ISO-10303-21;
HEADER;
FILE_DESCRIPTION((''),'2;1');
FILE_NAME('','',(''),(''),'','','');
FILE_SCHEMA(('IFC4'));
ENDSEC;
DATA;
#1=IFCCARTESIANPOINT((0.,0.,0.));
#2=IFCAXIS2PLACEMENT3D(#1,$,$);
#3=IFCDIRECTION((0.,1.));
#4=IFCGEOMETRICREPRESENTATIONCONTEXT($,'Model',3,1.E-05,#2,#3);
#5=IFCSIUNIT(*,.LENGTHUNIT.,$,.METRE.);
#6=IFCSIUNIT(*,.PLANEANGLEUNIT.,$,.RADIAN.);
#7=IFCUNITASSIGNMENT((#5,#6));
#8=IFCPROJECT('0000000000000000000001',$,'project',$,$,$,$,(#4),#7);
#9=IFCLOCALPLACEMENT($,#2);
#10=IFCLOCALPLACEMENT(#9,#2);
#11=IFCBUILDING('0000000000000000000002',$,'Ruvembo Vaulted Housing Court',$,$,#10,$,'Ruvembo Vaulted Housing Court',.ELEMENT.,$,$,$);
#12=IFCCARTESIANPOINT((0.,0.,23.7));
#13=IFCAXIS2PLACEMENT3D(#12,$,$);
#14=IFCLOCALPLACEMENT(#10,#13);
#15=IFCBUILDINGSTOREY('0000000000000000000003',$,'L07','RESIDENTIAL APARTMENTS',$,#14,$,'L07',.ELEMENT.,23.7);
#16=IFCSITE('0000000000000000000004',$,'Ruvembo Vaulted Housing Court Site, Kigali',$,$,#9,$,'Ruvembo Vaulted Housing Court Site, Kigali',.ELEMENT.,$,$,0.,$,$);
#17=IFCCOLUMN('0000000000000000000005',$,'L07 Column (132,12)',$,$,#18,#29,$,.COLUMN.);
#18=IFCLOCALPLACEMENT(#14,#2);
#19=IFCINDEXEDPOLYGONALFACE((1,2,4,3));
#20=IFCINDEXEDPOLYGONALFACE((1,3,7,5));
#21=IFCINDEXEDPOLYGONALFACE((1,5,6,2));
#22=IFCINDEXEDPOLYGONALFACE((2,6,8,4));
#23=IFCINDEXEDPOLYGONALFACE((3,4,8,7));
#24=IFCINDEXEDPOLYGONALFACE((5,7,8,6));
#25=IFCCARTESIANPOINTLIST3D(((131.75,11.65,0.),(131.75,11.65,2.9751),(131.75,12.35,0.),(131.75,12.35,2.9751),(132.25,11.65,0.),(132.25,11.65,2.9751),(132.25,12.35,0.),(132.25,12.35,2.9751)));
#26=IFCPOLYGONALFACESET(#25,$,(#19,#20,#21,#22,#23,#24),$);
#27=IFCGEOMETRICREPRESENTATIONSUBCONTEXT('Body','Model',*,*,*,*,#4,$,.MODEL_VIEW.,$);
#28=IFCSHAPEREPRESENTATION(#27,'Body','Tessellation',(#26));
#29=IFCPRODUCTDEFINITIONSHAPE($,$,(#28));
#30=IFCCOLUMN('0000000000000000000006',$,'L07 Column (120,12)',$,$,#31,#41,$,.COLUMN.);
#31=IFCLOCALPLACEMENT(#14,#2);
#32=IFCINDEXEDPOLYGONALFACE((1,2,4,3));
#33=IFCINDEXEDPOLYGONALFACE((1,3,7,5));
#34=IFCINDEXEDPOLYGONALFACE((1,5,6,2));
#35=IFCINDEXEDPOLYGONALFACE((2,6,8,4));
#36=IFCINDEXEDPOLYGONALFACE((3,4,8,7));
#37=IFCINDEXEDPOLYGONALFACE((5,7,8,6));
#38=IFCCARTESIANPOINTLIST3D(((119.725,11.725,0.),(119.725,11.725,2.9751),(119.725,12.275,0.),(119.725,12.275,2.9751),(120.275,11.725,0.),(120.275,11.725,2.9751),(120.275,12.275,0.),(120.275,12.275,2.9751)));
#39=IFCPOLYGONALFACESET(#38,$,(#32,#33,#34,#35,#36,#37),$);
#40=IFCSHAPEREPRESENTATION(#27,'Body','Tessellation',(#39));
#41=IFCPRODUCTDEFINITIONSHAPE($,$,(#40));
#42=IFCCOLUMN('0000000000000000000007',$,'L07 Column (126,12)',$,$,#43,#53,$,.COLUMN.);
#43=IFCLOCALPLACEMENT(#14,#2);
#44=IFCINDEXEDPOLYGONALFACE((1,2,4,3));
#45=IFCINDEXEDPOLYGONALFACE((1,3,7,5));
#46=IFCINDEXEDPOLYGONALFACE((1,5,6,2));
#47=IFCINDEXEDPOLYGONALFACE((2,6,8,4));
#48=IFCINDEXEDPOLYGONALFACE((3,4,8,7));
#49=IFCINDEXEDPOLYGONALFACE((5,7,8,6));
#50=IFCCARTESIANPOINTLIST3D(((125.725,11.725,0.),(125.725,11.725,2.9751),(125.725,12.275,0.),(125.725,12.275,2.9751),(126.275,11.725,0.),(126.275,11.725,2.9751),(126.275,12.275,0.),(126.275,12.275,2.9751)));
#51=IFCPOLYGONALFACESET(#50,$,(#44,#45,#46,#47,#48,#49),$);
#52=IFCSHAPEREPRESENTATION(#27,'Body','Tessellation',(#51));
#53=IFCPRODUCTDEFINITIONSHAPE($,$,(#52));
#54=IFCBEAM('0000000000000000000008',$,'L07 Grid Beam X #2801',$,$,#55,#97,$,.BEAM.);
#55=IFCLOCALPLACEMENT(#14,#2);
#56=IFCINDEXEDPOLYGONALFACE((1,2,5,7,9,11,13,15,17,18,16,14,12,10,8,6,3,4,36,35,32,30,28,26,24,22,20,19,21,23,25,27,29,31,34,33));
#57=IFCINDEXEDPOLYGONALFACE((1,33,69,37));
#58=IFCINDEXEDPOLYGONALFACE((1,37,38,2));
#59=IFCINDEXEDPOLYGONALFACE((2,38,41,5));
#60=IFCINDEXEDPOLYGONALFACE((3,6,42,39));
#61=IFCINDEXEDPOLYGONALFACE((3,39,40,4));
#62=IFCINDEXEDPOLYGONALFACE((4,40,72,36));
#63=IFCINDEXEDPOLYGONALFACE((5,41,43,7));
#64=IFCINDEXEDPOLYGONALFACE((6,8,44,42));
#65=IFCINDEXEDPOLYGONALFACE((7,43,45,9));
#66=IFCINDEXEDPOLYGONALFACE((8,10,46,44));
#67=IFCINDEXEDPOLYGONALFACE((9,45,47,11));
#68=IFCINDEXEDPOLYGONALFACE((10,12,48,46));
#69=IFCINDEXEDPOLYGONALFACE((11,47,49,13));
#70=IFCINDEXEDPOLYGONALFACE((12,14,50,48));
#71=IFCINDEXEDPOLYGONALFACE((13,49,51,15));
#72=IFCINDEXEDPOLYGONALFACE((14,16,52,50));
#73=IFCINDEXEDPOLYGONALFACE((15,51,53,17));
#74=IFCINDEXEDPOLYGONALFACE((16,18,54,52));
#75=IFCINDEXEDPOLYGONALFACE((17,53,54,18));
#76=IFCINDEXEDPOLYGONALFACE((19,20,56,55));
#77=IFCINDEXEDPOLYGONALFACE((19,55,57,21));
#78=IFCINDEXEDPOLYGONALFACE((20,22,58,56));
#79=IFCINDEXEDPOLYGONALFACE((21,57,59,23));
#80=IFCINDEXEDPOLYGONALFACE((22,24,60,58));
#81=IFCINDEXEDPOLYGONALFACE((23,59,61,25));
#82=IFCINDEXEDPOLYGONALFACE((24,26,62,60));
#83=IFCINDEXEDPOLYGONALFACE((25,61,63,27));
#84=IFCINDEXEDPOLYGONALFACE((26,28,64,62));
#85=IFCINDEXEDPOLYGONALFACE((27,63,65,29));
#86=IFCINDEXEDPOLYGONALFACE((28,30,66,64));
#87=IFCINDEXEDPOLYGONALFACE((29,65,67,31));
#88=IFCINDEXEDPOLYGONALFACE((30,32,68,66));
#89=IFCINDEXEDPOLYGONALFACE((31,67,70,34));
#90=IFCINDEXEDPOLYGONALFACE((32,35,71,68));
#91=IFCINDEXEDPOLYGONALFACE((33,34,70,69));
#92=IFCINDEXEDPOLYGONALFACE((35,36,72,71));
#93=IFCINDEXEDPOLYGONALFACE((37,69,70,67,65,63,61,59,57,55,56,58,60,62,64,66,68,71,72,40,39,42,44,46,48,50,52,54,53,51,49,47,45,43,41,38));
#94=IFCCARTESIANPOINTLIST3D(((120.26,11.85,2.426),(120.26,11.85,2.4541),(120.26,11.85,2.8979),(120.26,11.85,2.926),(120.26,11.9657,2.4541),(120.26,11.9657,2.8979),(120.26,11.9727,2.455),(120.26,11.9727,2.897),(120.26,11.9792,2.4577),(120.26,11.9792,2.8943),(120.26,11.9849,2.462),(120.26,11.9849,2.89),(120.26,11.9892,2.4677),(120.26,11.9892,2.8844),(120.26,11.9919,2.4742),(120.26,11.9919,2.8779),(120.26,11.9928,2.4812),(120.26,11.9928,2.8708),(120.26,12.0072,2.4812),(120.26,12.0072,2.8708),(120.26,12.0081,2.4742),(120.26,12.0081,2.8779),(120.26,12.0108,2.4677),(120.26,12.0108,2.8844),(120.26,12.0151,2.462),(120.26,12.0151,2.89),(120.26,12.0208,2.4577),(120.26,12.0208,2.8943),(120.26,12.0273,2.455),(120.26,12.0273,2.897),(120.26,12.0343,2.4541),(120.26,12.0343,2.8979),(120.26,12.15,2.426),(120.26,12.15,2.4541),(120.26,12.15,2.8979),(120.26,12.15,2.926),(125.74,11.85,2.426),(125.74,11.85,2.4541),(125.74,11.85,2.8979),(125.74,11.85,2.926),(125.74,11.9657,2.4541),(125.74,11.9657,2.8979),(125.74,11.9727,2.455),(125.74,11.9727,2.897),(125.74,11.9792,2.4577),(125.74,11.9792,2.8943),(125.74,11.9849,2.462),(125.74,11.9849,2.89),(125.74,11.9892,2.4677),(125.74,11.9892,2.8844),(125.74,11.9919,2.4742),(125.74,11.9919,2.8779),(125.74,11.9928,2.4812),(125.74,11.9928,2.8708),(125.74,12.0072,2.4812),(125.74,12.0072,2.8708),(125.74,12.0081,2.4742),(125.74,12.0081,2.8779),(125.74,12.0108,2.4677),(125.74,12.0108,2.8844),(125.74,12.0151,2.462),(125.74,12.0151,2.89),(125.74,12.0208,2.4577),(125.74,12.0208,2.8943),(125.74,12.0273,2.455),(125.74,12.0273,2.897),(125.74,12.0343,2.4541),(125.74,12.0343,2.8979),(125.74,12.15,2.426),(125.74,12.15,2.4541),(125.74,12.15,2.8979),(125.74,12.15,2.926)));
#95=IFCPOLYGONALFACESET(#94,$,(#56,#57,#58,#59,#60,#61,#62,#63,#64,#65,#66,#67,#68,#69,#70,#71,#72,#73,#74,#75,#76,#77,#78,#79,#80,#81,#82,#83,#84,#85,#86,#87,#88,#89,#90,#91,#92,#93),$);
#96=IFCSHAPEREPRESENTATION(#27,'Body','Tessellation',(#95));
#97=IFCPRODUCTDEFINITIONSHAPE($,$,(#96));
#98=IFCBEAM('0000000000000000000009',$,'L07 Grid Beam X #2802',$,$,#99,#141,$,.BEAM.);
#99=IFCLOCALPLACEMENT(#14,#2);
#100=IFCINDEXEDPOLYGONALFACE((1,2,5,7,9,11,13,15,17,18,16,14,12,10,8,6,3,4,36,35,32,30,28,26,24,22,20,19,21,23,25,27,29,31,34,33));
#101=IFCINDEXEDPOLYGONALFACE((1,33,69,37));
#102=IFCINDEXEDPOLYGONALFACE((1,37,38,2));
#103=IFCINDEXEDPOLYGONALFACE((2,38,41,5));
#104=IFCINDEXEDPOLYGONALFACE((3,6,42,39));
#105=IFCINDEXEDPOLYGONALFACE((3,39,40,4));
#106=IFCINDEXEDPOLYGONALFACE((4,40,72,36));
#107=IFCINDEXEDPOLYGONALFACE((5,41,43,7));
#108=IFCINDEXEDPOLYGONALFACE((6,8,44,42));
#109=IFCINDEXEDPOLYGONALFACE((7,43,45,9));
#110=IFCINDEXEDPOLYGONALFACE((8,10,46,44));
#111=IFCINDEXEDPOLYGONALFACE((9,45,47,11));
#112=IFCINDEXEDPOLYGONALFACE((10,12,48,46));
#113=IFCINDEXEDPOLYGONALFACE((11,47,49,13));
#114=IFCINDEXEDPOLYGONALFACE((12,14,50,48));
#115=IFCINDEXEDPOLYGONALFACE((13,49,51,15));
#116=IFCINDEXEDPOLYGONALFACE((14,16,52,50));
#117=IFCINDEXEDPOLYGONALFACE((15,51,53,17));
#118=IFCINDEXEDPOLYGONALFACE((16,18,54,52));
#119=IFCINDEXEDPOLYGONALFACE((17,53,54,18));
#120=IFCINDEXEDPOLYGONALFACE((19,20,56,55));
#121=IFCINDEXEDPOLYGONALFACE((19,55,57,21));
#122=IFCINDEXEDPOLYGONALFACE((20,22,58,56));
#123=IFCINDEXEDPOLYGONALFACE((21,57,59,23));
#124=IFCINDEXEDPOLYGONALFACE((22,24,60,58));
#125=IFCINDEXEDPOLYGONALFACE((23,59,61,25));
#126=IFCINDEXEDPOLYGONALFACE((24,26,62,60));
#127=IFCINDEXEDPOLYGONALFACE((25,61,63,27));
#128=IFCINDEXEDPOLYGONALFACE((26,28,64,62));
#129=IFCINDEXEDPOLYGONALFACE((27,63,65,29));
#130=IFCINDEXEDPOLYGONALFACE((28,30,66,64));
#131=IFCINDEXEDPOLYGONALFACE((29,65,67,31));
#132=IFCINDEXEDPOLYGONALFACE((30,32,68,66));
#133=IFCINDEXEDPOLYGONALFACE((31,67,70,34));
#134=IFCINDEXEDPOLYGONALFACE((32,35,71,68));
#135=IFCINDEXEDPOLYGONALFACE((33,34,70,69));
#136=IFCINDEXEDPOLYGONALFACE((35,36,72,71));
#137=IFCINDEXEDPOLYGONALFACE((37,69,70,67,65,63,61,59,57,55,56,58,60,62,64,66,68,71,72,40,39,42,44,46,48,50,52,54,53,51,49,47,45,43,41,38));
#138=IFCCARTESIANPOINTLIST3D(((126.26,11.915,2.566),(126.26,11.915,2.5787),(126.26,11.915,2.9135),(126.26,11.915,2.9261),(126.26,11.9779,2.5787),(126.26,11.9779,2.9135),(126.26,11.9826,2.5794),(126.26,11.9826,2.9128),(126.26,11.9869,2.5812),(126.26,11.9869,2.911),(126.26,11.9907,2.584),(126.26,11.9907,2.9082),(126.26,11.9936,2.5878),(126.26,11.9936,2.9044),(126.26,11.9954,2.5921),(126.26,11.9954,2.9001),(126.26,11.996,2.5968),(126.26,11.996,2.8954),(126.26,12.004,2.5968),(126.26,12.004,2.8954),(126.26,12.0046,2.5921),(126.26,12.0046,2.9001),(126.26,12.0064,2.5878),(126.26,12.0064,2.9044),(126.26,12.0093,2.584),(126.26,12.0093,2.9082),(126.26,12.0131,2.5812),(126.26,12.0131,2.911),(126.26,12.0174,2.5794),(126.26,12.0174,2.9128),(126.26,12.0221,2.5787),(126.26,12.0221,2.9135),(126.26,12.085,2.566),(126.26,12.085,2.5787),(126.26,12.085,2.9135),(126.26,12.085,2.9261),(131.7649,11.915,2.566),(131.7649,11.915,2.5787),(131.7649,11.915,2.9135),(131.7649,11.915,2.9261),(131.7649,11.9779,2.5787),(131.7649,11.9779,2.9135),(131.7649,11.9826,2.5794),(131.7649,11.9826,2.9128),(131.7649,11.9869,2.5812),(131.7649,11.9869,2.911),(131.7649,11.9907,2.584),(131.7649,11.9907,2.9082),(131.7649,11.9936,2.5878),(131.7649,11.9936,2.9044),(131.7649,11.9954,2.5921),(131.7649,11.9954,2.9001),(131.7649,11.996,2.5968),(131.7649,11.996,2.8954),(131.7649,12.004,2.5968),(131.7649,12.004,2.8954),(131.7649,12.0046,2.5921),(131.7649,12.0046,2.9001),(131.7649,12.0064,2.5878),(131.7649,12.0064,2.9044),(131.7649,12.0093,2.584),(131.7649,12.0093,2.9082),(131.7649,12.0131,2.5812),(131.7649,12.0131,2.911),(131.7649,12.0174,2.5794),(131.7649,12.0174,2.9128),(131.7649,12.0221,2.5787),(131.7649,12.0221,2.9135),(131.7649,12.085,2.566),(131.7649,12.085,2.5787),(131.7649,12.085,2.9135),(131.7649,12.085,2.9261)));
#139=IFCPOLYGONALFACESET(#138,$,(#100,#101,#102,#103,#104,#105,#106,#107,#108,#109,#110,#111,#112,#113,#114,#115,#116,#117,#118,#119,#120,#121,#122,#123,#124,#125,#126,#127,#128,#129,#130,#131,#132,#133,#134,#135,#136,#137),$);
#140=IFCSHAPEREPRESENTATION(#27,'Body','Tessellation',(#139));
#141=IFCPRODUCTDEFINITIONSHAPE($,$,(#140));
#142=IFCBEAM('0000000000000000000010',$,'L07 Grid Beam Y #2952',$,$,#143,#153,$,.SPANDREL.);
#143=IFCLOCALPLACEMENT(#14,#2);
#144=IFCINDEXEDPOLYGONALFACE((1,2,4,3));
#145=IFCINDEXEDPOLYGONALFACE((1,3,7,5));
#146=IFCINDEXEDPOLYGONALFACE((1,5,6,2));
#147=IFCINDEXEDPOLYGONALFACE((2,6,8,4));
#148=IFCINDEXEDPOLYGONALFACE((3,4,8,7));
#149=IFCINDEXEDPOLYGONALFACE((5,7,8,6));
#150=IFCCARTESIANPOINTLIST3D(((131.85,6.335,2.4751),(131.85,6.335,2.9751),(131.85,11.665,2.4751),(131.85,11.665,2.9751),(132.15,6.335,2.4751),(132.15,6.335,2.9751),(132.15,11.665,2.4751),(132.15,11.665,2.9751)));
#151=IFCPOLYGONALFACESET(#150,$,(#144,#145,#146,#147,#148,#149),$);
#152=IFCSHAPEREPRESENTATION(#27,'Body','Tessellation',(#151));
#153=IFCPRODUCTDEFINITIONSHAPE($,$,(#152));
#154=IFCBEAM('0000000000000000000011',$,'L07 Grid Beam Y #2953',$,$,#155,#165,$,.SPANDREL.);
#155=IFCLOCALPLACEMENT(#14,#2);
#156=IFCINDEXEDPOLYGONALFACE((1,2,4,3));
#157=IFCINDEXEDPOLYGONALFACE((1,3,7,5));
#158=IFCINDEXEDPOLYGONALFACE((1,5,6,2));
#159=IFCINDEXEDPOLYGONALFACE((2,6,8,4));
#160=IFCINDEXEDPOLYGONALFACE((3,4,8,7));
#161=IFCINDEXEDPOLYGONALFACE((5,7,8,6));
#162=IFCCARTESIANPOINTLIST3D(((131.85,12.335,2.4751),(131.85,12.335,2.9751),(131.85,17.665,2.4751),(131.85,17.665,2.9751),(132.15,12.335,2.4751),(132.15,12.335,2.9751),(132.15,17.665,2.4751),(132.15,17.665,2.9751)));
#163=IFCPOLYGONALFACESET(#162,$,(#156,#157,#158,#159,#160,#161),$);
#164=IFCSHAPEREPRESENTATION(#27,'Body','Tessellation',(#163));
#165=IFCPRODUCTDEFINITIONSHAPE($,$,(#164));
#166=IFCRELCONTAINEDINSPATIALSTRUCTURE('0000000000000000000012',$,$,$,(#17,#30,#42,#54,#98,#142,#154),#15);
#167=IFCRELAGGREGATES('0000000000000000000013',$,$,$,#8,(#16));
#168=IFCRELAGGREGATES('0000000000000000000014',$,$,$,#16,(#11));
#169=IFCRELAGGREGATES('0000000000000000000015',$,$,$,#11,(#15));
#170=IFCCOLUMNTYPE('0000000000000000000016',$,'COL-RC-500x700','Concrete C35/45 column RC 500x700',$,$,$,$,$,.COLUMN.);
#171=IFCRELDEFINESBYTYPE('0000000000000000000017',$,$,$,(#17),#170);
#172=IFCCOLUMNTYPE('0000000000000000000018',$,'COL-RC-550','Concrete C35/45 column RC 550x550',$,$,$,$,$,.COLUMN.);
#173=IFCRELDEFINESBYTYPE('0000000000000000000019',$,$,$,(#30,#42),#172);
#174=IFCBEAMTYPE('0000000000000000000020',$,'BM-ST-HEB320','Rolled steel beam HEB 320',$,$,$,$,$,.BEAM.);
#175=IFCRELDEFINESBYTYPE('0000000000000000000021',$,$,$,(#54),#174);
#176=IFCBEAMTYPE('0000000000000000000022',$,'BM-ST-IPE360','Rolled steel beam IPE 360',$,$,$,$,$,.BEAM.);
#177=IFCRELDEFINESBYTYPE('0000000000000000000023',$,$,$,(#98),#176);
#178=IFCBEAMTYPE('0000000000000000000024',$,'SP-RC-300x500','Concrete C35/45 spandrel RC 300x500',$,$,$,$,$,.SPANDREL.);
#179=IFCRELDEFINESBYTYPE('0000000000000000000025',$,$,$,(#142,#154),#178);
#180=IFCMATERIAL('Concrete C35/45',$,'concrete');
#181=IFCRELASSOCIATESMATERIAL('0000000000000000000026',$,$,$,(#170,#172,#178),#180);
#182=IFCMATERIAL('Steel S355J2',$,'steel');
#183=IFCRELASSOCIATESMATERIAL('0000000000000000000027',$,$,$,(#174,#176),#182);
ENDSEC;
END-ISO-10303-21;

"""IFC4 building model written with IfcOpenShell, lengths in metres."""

from ifc_helpers import new_model, si_unit, direction, frame, origin, origin_2d, place, context, subcontext, project, spatial, rectangle, i_section, extrude, material, material_profile, profile_set, type_object, element, save


model = new_model("IFC4")

# Units and contexts
model_context = context("Model", 3, precision=1e-05, world=origin(), true_north=direction((0.0, 1.0)))
body_context = subcontext(model_context, "Body", "Model", "MODEL_VIEW")
ifc_project = project(units=[si_unit("LENGTHUNIT", "METRE"), si_unit("PLANEANGLEUNIT", "RADIAN")], contexts=[model_context])

# Site, building, storey
site_placement = place(None, origin())
site = spatial("IfcSite", under=ifc_project, at=site_placement, Name="Ruvembo Vaulted Housing Court Site, Kigali", LongName="Ruvembo Vaulted Housing Court Site, Kigali", CompositionType="ELEMENT", RefElevation=0.0)
building_placement = place(site_placement, origin())
building = spatial("IfcBuilding", under=site, at=building_placement, Name="Ruvembo Vaulted Housing Court", LongName="Ruvembo Vaulted Housing Court", CompositionType="ELEMENT")
storey_placement = place(building_placement, frame((0.0, 0.0, 23.7)))
storey = spatial("IfcBuildingStorey", under=building, at=storey_placement, Name="L07", Description="RESIDENTIAL APARTMENTS", LongName="L07", CompositionType="ELEMENT", Elevation=23.7)

# Columns
ifc_material_1 = material(Name="Concrete C35/45", Category="concrete")
ifc_material_profile_1 = material_profile(ifc_material_1, rectangle(XDim=0.5, YDim=0.7, at=origin_2d()), Name="RC 500x700")
ifc_profile_set_1 = profile_set([ifc_material_profile_1], Name="Concrete C35/45")
column_type_1 = type_object("IfcColumnType", Name="COL-RC-500x700", Description="Concrete C35/45 column RC 500x700", PredefinedType="COLUMN", material=ifc_profile_set_1)
column_placement = place(storey_placement, frame((132.0, 12.0, 0.0), z_axis=(0.0, 0.0, 1.0), x_axis=(1.0, 0.0, 0.0)))
element("IfcColumn", 1, at=column_placement, inside=storey, type_object=column_type_1, Name="L07 Column (132,12)", PredefinedType="COLUMN", context=body_context, shape_type="SweptSolid", body=[
    extrude(rectangle(XDim=0.5, YDim=0.7, at=origin_2d()), origin(), (0.0, 0.0, 1.0), 2.9751),
])
ifc_material_profile_2 = material_profile(ifc_material_1, rectangle(XDim=0.55, YDim=0.55, at=origin_2d()), Name="RC 550x550")
ifc_profile_set_2 = profile_set([ifc_material_profile_2], Name="Concrete C35/45")
column_type_2 = type_object("IfcColumnType", Name="COL-RC-550", Description="Concrete C35/45 column RC 550x550", PredefinedType="COLUMN", material=ifc_profile_set_2)
for number, where, z_axis, x_axis, name in (
    (2, (120.0, 12.0, 0.0), (0.0, 0.0, 1.0), (1.0, 0.0, 0.0), "L07 Column (120,12)"),
    (3, (126.0, 12.0, 0.0), (0.0, 0.0, 1.0), (1.0, 0.0, 0.0), "L07 Column (126,12)"),
):
    element("IfcColumn", number, at=place(storey_placement, frame(where, z_axis=z_axis, x_axis=x_axis)), inside=storey, type_object=column_type_2, Name=name, PredefinedType="COLUMN", context=body_context, shape_type="SweptSolid", body=[
        extrude(rectangle(XDim=0.55, YDim=0.55, at=origin_2d()), origin(), (0.0, 0.0, 1.0), 2.9751),
    ])

# Beams
ifc_material_2 = material(Name="Steel S355J2", Category="steel")
ifc_material_profile_3 = material_profile(ifc_material_2, i_section(OverallWidth=0.3, OverallDepth=0.5, WebThickness=0.0144, FlangeThickness=0.0281, FilletRadius=0.0271, at=origin_2d()), Name="HEB 320")
ifc_profile_set_3 = profile_set([ifc_material_profile_3], Name="Steel S355J2")
beam_type_1 = type_object("IfcBeamType", Name="BM-ST-HEB320", Description="Rolled steel beam HEB 320", PredefinedType="BEAM", material=ifc_profile_set_3)
beam_1_placement = place(storey_placement, frame((120.26, 12.0, 2.676), z_axis=(1.0, 0.0, 0.0), x_axis=(0.0, 1.0, 0.0)))
element("IfcBeam", 4, at=beam_1_placement, inside=storey, type_object=beam_type_1, Name="L07 Grid Beam X #2801", PredefinedType="BEAM", context=body_context, shape_type="SweptSolid", body=[
    extrude(i_section(OverallWidth=0.3, OverallDepth=0.5, WebThickness=0.0144, FlangeThickness=0.0281, FilletRadius=0.0271, at=origin_2d()), origin(), (0.0, 0.0, 1.0), 5.48),
])
ifc_material_profile_4 = material_profile(ifc_material_2, i_section(OverallWidth=0.1699, OverallDepth=0.3601, WebThickness=0.0081, FlangeThickness=0.0127, FilletRadius=0.0181, at=origin_2d()), Name="IPE 360")
ifc_profile_set_4 = profile_set([ifc_material_profile_4], Name="Steel S355J2")
beam_type_2 = type_object("IfcBeamType", Name="BM-ST-IPE360", Description="Rolled steel beam IPE 360", PredefinedType="BEAM", material=ifc_profile_set_4)
beam_2_placement = place(storey_placement, frame((126.26, 12.0, 2.7461), z_axis=(1.0, 0.0, 0.0), x_axis=(0.0, 1.0, 0.0)))
element("IfcBeam", 5, at=beam_2_placement, inside=storey, type_object=beam_type_2, Name="L07 Grid Beam X #2802", PredefinedType="BEAM", context=body_context, shape_type="SweptSolid", body=[
    extrude(i_section(OverallWidth=0.1699, OverallDepth=0.3601, WebThickness=0.0081, FlangeThickness=0.0127, FilletRadius=0.0181, at=origin_2d()), origin(), (0.0, 0.0, 1.0), 5.5049),
])
ifc_material_profile_5 = material_profile(ifc_material_1, rectangle(XDim=0.3, YDim=0.5, at=origin_2d()), Name="RC 300x500")
ifc_profile_set_5 = profile_set([ifc_material_profile_5], Name="Concrete C35/45")
beam_type_3 = type_object("IfcBeamType", Name="SP-RC-300x500", Description="Concrete C35/45 spandrel RC 300x500", PredefinedType="SPANDREL", material=ifc_profile_set_5)
for number, where, z_axis, x_axis, name in (
    (6, (132.0, 6.335, 2.7251), (0.0, 1.0, 0.0), (-1.0, 0.0, 0.0), "L07 Grid Beam Y #2952"),
    (7, (132.0, 12.335, 2.7251), (0.0, 1.0, 0.0), (-1.0, 0.0, 0.0), "L07 Grid Beam Y #2953"),
):
    element("IfcBeam", number, at=place(storey_placement, frame(where, z_axis=z_axis, x_axis=x_axis)), inside=storey, type_object=beam_type_3, Name=name, PredefinedType="SPANDREL", context=body_context, shape_type="SweptSolid", body=[
        extrude(rectangle(XDim=0.3, YDim=0.5, at=origin_2d()), origin(), (0.0, 0.0, 1.0), 5.3301),
    ])

save(model, "model.ifc")
